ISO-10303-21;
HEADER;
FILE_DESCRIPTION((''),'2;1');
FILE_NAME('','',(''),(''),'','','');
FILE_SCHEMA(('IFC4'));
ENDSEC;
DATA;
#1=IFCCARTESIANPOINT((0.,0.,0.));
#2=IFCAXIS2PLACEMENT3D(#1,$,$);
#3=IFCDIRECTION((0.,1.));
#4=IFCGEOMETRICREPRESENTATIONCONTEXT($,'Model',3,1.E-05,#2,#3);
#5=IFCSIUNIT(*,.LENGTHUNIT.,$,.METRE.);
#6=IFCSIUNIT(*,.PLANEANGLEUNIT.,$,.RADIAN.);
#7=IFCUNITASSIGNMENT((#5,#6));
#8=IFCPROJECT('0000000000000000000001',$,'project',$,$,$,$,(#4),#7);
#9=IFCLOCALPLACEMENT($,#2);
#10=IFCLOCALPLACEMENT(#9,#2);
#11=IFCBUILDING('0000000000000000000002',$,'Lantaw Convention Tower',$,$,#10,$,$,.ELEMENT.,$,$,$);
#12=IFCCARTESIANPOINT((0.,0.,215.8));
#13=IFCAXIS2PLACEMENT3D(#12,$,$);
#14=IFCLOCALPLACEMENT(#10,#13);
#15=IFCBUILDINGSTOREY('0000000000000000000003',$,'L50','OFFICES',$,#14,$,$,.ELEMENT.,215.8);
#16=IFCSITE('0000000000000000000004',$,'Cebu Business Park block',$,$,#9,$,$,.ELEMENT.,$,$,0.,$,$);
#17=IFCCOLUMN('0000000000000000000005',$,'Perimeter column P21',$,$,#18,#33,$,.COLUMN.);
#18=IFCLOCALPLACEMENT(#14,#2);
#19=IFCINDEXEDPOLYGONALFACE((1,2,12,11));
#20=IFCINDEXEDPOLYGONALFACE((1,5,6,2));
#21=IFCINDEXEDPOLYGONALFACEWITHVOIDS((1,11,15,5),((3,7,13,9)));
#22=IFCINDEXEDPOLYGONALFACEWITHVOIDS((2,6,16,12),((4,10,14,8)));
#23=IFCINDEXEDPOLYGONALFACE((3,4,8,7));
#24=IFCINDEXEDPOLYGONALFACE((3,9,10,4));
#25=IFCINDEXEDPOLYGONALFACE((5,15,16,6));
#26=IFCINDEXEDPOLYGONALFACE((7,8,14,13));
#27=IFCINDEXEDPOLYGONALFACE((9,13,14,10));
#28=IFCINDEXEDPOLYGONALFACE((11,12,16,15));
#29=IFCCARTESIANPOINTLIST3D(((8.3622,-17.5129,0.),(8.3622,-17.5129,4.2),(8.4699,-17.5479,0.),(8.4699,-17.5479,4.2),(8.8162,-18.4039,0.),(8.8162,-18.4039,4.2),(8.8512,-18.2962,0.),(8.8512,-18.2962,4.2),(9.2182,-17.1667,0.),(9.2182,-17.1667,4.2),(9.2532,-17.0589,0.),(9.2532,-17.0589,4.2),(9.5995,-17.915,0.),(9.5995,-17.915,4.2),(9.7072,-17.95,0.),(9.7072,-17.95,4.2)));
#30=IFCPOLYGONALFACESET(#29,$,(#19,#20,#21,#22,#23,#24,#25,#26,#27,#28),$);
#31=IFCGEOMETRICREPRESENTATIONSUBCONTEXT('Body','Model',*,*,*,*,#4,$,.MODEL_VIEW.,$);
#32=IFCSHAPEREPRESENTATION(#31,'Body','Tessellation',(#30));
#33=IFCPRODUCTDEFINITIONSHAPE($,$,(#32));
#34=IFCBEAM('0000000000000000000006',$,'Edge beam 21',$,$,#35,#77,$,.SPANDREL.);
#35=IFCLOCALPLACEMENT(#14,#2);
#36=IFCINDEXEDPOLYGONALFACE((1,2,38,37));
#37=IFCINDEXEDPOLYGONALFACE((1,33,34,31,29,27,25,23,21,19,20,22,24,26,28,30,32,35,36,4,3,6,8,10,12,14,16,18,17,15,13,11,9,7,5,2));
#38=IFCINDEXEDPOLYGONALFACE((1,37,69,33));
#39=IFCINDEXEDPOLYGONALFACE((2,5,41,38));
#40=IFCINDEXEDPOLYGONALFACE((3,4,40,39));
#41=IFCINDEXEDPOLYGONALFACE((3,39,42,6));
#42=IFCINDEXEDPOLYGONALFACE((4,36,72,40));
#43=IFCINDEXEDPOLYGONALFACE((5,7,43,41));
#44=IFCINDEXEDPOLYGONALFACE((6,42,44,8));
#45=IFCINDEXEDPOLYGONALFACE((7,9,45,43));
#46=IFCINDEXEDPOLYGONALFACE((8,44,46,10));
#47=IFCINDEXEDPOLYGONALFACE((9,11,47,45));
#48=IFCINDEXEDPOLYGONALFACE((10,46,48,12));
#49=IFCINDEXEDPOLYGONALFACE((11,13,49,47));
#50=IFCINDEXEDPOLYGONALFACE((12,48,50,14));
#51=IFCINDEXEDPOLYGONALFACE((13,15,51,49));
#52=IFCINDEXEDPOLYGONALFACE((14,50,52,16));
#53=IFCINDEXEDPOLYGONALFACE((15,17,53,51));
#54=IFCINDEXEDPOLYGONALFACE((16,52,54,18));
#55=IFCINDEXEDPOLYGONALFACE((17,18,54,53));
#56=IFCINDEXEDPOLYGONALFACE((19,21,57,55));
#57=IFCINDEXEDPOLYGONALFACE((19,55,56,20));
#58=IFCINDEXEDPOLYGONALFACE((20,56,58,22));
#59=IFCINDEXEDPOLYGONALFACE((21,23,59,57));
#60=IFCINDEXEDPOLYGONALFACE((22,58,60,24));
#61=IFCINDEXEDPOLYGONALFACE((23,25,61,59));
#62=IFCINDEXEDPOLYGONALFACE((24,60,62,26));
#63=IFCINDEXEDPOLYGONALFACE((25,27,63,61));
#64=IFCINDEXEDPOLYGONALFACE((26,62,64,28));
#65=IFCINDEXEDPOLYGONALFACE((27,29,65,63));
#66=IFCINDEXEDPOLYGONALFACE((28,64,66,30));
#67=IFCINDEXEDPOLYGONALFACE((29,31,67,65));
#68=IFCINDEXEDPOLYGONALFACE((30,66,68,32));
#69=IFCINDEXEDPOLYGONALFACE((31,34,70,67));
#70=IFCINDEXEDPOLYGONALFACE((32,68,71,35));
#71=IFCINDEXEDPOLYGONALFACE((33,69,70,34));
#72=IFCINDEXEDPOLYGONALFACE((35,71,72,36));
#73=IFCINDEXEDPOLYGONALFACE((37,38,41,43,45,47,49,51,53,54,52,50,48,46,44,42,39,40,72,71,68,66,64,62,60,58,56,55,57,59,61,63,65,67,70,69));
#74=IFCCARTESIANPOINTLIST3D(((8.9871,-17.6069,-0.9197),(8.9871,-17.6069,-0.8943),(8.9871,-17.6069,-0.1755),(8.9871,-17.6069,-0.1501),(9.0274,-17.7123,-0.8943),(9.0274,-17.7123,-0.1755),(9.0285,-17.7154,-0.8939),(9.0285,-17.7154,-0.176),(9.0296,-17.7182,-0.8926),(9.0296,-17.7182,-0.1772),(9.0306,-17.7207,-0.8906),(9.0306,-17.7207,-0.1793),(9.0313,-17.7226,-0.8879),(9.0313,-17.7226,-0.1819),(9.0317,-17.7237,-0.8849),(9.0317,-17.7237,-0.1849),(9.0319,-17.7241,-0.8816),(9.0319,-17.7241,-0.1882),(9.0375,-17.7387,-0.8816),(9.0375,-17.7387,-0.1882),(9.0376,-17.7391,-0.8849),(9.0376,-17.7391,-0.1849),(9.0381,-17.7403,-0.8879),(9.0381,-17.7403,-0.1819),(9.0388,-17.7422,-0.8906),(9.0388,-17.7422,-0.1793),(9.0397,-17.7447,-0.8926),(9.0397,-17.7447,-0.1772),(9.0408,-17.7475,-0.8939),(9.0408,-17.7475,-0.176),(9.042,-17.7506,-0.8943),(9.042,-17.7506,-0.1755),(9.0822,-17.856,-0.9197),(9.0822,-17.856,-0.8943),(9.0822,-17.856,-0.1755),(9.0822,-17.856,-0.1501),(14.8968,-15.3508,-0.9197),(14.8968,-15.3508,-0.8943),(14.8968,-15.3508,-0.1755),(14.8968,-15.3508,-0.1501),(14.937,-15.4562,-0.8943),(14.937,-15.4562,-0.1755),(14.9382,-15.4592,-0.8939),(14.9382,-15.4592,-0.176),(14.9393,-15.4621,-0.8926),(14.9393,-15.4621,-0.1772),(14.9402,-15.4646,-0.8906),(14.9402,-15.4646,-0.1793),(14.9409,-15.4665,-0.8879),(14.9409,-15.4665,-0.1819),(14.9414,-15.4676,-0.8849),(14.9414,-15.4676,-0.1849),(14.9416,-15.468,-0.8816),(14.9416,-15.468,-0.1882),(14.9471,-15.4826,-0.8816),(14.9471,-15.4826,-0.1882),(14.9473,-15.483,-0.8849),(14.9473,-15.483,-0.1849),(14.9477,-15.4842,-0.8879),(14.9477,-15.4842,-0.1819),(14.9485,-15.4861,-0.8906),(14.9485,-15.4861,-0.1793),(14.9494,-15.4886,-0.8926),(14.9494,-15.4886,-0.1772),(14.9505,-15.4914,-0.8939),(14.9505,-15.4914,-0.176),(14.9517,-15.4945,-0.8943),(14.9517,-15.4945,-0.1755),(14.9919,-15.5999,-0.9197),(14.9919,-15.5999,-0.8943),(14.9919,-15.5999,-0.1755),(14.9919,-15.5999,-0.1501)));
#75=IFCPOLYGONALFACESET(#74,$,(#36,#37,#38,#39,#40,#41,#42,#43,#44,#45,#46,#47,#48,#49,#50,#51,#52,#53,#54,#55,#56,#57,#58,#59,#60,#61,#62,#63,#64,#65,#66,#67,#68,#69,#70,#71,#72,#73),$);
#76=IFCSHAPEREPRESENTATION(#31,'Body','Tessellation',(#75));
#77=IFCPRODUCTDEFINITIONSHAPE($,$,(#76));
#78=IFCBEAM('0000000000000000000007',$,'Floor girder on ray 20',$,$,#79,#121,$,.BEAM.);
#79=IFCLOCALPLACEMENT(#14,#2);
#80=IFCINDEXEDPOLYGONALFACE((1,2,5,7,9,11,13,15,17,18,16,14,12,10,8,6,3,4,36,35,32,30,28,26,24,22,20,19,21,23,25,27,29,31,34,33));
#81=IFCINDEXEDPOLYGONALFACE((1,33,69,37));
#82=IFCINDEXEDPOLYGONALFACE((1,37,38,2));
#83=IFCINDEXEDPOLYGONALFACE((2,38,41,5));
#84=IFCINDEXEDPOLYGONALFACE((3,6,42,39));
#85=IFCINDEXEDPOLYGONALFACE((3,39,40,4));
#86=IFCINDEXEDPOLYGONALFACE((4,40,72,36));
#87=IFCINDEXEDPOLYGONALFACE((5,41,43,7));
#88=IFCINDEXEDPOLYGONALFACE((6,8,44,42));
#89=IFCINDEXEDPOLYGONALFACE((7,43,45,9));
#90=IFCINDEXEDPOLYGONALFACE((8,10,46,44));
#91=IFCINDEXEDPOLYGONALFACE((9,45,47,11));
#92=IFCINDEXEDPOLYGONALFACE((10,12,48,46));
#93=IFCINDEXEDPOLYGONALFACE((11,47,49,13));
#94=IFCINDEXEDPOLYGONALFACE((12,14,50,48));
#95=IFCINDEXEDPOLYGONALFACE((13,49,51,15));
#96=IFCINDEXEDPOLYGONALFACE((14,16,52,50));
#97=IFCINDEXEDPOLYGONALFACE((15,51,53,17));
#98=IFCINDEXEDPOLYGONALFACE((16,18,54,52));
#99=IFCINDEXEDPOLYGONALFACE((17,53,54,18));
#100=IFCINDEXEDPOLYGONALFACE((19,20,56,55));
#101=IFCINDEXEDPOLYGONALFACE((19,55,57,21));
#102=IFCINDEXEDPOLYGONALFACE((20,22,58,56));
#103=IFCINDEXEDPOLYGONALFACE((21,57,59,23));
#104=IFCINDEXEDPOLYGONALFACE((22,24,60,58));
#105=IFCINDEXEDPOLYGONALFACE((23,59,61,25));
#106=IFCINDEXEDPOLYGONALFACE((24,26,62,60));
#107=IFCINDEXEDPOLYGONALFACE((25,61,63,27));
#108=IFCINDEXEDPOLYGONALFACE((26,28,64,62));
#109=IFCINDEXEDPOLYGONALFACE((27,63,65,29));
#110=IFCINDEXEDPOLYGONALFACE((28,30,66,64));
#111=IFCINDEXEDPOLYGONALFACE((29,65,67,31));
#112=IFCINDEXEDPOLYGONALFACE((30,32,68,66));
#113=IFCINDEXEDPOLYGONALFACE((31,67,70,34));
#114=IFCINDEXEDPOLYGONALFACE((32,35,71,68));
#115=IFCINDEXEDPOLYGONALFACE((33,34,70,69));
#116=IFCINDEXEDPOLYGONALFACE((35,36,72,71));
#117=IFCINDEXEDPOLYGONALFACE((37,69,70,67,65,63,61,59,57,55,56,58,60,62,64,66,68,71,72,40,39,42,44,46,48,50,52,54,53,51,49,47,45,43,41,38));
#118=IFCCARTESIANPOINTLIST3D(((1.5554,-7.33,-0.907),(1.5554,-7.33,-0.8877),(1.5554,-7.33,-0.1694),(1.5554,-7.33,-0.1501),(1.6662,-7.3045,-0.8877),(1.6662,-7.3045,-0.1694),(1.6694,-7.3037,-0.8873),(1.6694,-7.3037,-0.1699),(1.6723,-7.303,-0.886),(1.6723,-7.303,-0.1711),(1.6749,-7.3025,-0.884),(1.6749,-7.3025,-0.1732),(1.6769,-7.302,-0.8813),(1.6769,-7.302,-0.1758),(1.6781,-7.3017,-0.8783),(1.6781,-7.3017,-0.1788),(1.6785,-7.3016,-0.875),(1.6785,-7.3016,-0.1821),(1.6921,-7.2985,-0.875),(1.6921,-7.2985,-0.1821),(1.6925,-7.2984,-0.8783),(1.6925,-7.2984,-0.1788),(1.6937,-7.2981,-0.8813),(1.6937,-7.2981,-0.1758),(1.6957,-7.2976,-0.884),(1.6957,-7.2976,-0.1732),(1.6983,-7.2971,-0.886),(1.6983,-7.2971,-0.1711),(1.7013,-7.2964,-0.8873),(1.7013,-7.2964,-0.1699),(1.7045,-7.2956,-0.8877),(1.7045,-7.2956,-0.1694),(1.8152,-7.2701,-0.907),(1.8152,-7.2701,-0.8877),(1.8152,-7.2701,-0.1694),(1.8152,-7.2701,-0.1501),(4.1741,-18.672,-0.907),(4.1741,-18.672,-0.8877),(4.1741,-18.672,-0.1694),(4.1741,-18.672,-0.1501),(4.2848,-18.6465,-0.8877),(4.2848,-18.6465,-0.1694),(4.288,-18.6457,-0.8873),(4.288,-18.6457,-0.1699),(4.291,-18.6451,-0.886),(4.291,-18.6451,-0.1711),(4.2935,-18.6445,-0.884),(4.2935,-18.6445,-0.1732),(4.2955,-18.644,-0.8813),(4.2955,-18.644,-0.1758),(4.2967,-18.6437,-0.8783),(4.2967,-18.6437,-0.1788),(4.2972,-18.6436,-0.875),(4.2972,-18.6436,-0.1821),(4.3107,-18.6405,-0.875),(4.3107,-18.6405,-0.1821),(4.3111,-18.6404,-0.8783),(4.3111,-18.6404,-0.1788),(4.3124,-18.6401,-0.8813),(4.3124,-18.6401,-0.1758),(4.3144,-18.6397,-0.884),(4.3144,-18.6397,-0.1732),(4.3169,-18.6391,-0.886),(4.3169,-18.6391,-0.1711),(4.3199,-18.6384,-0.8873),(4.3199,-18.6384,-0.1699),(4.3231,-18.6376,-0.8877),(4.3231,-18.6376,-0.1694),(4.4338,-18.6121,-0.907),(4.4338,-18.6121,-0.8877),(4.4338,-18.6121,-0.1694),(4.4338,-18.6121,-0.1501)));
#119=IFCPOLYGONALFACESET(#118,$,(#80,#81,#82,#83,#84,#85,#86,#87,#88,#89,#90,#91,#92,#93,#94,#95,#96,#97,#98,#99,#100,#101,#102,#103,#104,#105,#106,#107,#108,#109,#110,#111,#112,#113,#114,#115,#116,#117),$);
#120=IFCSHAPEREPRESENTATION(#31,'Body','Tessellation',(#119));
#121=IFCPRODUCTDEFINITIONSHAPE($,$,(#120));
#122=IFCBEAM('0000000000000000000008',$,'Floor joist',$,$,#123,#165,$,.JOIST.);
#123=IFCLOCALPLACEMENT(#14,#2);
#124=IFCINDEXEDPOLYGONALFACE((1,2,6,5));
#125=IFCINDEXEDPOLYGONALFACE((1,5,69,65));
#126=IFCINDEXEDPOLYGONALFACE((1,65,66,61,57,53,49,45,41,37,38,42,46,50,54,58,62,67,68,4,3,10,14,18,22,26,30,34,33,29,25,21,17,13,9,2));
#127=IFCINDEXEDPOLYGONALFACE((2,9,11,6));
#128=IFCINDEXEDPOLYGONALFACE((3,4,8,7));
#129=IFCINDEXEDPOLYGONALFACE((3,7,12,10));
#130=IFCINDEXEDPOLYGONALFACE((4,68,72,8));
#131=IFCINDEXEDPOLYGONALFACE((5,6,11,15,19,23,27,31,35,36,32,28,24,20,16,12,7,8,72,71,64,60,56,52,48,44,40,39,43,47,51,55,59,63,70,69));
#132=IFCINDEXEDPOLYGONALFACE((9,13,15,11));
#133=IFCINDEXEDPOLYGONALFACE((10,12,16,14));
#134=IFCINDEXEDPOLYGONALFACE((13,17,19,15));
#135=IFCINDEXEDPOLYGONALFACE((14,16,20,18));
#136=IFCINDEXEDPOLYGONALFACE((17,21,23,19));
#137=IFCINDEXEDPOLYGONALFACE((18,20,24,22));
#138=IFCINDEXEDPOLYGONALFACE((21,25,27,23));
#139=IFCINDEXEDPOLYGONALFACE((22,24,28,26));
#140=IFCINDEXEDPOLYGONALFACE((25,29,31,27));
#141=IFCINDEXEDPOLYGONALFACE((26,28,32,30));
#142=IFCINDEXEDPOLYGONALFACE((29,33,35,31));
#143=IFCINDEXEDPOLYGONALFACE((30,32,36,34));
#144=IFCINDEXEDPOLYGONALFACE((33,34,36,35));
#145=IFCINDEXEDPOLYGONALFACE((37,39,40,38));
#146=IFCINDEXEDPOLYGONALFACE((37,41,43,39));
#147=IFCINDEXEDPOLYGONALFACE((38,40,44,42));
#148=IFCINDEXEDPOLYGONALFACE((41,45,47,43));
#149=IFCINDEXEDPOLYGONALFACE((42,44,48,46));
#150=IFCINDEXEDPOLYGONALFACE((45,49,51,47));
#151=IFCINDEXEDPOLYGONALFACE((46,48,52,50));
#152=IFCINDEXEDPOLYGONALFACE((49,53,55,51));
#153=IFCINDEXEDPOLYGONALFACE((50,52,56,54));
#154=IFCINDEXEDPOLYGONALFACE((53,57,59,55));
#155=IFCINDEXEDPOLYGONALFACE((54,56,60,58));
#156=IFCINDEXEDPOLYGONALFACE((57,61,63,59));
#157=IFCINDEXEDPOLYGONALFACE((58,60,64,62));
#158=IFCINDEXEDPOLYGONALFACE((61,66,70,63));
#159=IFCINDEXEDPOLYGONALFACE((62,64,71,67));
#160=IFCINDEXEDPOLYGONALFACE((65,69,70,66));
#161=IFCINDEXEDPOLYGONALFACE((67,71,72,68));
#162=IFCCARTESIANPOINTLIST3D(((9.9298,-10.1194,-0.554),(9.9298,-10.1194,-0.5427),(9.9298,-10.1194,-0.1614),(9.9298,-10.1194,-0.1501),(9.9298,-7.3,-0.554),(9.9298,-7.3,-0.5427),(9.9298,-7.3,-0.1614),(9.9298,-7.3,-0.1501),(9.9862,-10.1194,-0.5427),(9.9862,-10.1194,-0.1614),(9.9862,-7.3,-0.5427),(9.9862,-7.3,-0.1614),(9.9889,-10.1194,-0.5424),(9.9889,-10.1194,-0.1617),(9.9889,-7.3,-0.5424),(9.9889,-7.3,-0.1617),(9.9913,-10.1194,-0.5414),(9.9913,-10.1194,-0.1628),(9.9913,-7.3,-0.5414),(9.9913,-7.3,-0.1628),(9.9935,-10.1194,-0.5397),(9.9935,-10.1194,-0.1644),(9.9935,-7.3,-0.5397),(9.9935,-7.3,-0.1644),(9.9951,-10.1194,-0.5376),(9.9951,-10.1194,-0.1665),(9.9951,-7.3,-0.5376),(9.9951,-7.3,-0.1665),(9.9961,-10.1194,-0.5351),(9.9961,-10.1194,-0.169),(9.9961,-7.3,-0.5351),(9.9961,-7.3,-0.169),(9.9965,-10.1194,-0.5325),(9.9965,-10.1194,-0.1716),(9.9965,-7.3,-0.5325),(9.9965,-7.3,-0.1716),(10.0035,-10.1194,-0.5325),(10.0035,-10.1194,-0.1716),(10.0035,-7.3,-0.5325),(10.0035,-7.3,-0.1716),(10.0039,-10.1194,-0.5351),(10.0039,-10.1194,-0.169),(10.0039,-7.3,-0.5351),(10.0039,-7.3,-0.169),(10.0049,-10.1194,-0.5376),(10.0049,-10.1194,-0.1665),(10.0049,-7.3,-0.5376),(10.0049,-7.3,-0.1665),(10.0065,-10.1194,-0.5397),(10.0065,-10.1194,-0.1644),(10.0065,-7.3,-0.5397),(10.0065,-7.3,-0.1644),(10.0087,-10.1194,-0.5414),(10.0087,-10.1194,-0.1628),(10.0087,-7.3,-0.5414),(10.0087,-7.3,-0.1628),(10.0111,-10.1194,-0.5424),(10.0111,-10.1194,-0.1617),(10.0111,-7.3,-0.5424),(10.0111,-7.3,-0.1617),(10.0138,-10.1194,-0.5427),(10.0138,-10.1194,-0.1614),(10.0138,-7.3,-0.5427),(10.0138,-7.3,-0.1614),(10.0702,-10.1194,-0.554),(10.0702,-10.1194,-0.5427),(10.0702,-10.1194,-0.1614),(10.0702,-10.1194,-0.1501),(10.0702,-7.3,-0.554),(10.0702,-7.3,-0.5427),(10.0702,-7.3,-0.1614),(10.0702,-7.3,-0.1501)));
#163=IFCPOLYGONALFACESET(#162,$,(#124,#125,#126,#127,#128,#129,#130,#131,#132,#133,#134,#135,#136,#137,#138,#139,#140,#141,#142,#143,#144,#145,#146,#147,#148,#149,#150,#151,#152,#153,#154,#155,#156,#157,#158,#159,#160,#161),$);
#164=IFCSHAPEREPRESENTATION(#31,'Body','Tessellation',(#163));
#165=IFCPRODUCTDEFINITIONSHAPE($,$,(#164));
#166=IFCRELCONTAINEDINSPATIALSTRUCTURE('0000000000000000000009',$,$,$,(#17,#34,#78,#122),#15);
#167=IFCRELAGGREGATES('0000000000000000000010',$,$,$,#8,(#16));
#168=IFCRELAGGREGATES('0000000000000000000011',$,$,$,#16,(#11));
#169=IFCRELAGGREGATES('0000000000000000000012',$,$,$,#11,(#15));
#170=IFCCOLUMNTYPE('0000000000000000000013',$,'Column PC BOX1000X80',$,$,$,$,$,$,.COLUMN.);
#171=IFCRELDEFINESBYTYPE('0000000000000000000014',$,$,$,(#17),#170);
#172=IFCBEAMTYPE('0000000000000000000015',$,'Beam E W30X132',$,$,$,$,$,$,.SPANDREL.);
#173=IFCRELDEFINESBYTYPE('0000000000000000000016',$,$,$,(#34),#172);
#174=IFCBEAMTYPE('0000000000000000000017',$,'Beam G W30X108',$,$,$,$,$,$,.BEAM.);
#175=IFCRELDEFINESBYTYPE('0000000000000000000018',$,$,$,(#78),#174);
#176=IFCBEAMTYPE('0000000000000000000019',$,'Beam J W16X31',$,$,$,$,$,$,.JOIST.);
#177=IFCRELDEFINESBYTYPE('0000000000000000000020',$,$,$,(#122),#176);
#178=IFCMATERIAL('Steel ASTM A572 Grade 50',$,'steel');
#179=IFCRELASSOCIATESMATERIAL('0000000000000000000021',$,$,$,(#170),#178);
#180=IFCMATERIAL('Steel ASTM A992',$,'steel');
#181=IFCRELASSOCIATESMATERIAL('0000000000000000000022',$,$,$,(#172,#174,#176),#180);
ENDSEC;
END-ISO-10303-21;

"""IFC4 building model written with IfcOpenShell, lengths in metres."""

from ifc_helpers import new_model, si_unit, direction, frame, origin, origin_2d, place, context, subcontext, project, spatial, rectangle, hollow_rectangle, i_section, extrude, material, material_profile, profile_set, type_object, element, save


model = new_model("IFC4")

# Units and contexts
model_context = context("Model", 3, precision=1e-05, world=origin(), true_north=direction((0.0, 1.0)))
body_context = subcontext(model_context, "Body", "Model", "MODEL_VIEW")
ifc_project = project(units=[si_unit("LENGTHUNIT", "METRE"), si_unit("PLANEANGLEUNIT", "RADIAN")], contexts=[model_context])

# Site, building, storey
site_placement = place(None, origin())
site = spatial("IfcSite", under=ifc_project, at=site_placement, Name="Cebu Business Park block", CompositionType="ELEMENT", RefElevation=0.0)
building_placement = place(site_placement, origin())
building = spatial("IfcBuilding", under=site, at=building_placement, Name="Lantaw Convention Tower", CompositionType="ELEMENT")
storey_placement = place(building_placement, frame((0.0, 0.0, 215.8)))
storey = spatial("IfcBuildingStorey", under=building, at=storey_placement, Name="L50", Description="OFFICES", CompositionType="ELEMENT", Elevation=215.8)

# Column
ifc_material_1 = material(Name="Steel ASTM A572 Grade 50", Category="steel")
ifc_material_profile_1 = material_profile(ifc_material_1, hollow_rectangle(XDim=1.0, YDim=1.0, WallThickness=0.0801, at=origin_2d()), Name="BOX1000X80")
ifc_material_2 = material(Name="Concrete C60/75", Category="concrete")
ifc_material_profile_2 = material_profile(ifc_material_2, rectangle(XDim=0.8401, YDim=0.8401, at=origin_2d()), Name="Concrete fill of BOX1000X80")
ifc_profile_set_1 = profile_set([ifc_material_profile_1, ifc_material_profile_2], Name="Steel ASTM A572 Grade 50")
column_type = type_object("IfcColumnType", Name="Column PC BOX1000X80", PredefinedType="COLUMN", material=ifc_profile_set_1)
column_placement = place(storey_placement, frame((9.0347, -17.7314, 0.0), z_axis=(0.0, 0.0, 1.0), x_axis=(0.891007, 0.45399, 0.0)))
element("IfcColumn", 1, at=column_placement, inside=storey, type_object=column_type, Name="Perimeter column P21", PredefinedType="COLUMN", context=body_context, shape_type="SweptSolid", body=[
    extrude(hollow_rectangle(XDim=1.0, YDim=1.0, WallThickness=0.0801, at=origin_2d()), origin(), (0.0, 0.0, 1.0), 4.2),
])

# Beams
ifc_material_3 = material(Name="Steel ASTM A992", Category="steel")
ifc_material_profile_3 = material_profile(ifc_material_3, i_section(OverallWidth=0.2666, OverallDepth=0.7695, WebThickness=0.0156, FlangeThickness=0.0254, FilletRadius=0.0127, at=origin_2d()), Name="W30X132")
ifc_profile_set_2 = profile_set([ifc_material_profile_3], Name="Steel ASTM A992")
beam_type_1 = type_object("IfcBeamType", Name="Beam E W30X132", PredefinedType="SPANDREL", material=ifc_profile_set_2)
beam_1_placement = place(storey_placement, frame((9.0347, -17.7314, -0.5349), z_axis=(0.934235, 0.356658, 0.0), x_axis=(-0.356658, 0.934235, 0.0)))
element("IfcBeam", 2, at=beam_1_placement, inside=storey, type_object=beam_type_1, Name="Edge beam 21", PredefinedType="SPANDREL", context=body_context, shape_type="SweptSolid", body=[
    extrude(i_section(OverallWidth=0.2666, OverallDepth=0.7695, WebThickness=0.0156, FlangeThickness=0.0254, FilletRadius=0.0127, at=origin_2d()), origin(), (0.0, 0.0, 1.0), 6.3257),
])
ifc_material_profile_4 = material_profile(ifc_material_3, i_section(OverallWidth=0.2666, OverallDepth=0.7568, WebThickness=0.0139, FlangeThickness=0.0193, FilletRadius=0.0127, at=origin_2d()), Name="W30X108")
ifc_profile_set_3 = profile_set([ifc_material_profile_4], Name="Steel ASTM A992")
beam_type_2 = type_object("IfcBeamType", Name="Beam G W30X108", PredefinedType="BEAM", material=ifc_profile_set_3)
beam_2_placement = place(storey_placement, frame((1.6853, -7.3, -0.5286), z_axis=(0.224962, -0.974368, 0.0), x_axis=(0.974368, 0.224962, 0.0)))
element("IfcBeam", 3, at=beam_2_placement, inside=storey, type_object=beam_type_2, Name="Floor girder on ray 20", PredefinedType="BEAM", context=body_context, shape_type="SweptSolid", body=[
    extrude(i_section(OverallWidth=0.2666, OverallDepth=0.7568, WebThickness=0.0139, FlangeThickness=0.0193, FilletRadius=0.0127, at=origin_2d()), origin(), (0.0, 0.0, 1.0), 11.6404),
])
ifc_material_profile_5 = material_profile(ifc_material_3, i_section(OverallWidth=0.1404, OverallDepth=0.4038, WebThickness=0.0071, FlangeThickness=0.0112, FilletRadius=0.0103, at=origin_2d()), Name="W16X31")
ifc_profile_set_4 = profile_set([ifc_material_profile_5], Name="Steel ASTM A992")
beam_type_3 = type_object("IfcBeamType", Name="Beam J W16X31", PredefinedType="JOIST", material=ifc_profile_set_4)
beam_3_placement = place(storey_placement, frame((10.0, -10.1194, -0.3521), z_axis=(0.0, 1.0, 0.0), x_axis=(-1.0, 0.0, 0.0)))
element("IfcBeam", 4, at=beam_3_placement, inside=storey, type_object=beam_type_3, Name="Floor joist", PredefinedType="JOIST", context=body_context, shape_type="SweptSolid", body=[
    extrude(i_section(OverallWidth=0.1404, OverallDepth=0.4038, WebThickness=0.0071, FlangeThickness=0.0112, FilletRadius=0.0103, at=origin_2d()), origin(), (0.0, 0.0, 1.0), 2.8193),
])

save(model, "model.ifc")
